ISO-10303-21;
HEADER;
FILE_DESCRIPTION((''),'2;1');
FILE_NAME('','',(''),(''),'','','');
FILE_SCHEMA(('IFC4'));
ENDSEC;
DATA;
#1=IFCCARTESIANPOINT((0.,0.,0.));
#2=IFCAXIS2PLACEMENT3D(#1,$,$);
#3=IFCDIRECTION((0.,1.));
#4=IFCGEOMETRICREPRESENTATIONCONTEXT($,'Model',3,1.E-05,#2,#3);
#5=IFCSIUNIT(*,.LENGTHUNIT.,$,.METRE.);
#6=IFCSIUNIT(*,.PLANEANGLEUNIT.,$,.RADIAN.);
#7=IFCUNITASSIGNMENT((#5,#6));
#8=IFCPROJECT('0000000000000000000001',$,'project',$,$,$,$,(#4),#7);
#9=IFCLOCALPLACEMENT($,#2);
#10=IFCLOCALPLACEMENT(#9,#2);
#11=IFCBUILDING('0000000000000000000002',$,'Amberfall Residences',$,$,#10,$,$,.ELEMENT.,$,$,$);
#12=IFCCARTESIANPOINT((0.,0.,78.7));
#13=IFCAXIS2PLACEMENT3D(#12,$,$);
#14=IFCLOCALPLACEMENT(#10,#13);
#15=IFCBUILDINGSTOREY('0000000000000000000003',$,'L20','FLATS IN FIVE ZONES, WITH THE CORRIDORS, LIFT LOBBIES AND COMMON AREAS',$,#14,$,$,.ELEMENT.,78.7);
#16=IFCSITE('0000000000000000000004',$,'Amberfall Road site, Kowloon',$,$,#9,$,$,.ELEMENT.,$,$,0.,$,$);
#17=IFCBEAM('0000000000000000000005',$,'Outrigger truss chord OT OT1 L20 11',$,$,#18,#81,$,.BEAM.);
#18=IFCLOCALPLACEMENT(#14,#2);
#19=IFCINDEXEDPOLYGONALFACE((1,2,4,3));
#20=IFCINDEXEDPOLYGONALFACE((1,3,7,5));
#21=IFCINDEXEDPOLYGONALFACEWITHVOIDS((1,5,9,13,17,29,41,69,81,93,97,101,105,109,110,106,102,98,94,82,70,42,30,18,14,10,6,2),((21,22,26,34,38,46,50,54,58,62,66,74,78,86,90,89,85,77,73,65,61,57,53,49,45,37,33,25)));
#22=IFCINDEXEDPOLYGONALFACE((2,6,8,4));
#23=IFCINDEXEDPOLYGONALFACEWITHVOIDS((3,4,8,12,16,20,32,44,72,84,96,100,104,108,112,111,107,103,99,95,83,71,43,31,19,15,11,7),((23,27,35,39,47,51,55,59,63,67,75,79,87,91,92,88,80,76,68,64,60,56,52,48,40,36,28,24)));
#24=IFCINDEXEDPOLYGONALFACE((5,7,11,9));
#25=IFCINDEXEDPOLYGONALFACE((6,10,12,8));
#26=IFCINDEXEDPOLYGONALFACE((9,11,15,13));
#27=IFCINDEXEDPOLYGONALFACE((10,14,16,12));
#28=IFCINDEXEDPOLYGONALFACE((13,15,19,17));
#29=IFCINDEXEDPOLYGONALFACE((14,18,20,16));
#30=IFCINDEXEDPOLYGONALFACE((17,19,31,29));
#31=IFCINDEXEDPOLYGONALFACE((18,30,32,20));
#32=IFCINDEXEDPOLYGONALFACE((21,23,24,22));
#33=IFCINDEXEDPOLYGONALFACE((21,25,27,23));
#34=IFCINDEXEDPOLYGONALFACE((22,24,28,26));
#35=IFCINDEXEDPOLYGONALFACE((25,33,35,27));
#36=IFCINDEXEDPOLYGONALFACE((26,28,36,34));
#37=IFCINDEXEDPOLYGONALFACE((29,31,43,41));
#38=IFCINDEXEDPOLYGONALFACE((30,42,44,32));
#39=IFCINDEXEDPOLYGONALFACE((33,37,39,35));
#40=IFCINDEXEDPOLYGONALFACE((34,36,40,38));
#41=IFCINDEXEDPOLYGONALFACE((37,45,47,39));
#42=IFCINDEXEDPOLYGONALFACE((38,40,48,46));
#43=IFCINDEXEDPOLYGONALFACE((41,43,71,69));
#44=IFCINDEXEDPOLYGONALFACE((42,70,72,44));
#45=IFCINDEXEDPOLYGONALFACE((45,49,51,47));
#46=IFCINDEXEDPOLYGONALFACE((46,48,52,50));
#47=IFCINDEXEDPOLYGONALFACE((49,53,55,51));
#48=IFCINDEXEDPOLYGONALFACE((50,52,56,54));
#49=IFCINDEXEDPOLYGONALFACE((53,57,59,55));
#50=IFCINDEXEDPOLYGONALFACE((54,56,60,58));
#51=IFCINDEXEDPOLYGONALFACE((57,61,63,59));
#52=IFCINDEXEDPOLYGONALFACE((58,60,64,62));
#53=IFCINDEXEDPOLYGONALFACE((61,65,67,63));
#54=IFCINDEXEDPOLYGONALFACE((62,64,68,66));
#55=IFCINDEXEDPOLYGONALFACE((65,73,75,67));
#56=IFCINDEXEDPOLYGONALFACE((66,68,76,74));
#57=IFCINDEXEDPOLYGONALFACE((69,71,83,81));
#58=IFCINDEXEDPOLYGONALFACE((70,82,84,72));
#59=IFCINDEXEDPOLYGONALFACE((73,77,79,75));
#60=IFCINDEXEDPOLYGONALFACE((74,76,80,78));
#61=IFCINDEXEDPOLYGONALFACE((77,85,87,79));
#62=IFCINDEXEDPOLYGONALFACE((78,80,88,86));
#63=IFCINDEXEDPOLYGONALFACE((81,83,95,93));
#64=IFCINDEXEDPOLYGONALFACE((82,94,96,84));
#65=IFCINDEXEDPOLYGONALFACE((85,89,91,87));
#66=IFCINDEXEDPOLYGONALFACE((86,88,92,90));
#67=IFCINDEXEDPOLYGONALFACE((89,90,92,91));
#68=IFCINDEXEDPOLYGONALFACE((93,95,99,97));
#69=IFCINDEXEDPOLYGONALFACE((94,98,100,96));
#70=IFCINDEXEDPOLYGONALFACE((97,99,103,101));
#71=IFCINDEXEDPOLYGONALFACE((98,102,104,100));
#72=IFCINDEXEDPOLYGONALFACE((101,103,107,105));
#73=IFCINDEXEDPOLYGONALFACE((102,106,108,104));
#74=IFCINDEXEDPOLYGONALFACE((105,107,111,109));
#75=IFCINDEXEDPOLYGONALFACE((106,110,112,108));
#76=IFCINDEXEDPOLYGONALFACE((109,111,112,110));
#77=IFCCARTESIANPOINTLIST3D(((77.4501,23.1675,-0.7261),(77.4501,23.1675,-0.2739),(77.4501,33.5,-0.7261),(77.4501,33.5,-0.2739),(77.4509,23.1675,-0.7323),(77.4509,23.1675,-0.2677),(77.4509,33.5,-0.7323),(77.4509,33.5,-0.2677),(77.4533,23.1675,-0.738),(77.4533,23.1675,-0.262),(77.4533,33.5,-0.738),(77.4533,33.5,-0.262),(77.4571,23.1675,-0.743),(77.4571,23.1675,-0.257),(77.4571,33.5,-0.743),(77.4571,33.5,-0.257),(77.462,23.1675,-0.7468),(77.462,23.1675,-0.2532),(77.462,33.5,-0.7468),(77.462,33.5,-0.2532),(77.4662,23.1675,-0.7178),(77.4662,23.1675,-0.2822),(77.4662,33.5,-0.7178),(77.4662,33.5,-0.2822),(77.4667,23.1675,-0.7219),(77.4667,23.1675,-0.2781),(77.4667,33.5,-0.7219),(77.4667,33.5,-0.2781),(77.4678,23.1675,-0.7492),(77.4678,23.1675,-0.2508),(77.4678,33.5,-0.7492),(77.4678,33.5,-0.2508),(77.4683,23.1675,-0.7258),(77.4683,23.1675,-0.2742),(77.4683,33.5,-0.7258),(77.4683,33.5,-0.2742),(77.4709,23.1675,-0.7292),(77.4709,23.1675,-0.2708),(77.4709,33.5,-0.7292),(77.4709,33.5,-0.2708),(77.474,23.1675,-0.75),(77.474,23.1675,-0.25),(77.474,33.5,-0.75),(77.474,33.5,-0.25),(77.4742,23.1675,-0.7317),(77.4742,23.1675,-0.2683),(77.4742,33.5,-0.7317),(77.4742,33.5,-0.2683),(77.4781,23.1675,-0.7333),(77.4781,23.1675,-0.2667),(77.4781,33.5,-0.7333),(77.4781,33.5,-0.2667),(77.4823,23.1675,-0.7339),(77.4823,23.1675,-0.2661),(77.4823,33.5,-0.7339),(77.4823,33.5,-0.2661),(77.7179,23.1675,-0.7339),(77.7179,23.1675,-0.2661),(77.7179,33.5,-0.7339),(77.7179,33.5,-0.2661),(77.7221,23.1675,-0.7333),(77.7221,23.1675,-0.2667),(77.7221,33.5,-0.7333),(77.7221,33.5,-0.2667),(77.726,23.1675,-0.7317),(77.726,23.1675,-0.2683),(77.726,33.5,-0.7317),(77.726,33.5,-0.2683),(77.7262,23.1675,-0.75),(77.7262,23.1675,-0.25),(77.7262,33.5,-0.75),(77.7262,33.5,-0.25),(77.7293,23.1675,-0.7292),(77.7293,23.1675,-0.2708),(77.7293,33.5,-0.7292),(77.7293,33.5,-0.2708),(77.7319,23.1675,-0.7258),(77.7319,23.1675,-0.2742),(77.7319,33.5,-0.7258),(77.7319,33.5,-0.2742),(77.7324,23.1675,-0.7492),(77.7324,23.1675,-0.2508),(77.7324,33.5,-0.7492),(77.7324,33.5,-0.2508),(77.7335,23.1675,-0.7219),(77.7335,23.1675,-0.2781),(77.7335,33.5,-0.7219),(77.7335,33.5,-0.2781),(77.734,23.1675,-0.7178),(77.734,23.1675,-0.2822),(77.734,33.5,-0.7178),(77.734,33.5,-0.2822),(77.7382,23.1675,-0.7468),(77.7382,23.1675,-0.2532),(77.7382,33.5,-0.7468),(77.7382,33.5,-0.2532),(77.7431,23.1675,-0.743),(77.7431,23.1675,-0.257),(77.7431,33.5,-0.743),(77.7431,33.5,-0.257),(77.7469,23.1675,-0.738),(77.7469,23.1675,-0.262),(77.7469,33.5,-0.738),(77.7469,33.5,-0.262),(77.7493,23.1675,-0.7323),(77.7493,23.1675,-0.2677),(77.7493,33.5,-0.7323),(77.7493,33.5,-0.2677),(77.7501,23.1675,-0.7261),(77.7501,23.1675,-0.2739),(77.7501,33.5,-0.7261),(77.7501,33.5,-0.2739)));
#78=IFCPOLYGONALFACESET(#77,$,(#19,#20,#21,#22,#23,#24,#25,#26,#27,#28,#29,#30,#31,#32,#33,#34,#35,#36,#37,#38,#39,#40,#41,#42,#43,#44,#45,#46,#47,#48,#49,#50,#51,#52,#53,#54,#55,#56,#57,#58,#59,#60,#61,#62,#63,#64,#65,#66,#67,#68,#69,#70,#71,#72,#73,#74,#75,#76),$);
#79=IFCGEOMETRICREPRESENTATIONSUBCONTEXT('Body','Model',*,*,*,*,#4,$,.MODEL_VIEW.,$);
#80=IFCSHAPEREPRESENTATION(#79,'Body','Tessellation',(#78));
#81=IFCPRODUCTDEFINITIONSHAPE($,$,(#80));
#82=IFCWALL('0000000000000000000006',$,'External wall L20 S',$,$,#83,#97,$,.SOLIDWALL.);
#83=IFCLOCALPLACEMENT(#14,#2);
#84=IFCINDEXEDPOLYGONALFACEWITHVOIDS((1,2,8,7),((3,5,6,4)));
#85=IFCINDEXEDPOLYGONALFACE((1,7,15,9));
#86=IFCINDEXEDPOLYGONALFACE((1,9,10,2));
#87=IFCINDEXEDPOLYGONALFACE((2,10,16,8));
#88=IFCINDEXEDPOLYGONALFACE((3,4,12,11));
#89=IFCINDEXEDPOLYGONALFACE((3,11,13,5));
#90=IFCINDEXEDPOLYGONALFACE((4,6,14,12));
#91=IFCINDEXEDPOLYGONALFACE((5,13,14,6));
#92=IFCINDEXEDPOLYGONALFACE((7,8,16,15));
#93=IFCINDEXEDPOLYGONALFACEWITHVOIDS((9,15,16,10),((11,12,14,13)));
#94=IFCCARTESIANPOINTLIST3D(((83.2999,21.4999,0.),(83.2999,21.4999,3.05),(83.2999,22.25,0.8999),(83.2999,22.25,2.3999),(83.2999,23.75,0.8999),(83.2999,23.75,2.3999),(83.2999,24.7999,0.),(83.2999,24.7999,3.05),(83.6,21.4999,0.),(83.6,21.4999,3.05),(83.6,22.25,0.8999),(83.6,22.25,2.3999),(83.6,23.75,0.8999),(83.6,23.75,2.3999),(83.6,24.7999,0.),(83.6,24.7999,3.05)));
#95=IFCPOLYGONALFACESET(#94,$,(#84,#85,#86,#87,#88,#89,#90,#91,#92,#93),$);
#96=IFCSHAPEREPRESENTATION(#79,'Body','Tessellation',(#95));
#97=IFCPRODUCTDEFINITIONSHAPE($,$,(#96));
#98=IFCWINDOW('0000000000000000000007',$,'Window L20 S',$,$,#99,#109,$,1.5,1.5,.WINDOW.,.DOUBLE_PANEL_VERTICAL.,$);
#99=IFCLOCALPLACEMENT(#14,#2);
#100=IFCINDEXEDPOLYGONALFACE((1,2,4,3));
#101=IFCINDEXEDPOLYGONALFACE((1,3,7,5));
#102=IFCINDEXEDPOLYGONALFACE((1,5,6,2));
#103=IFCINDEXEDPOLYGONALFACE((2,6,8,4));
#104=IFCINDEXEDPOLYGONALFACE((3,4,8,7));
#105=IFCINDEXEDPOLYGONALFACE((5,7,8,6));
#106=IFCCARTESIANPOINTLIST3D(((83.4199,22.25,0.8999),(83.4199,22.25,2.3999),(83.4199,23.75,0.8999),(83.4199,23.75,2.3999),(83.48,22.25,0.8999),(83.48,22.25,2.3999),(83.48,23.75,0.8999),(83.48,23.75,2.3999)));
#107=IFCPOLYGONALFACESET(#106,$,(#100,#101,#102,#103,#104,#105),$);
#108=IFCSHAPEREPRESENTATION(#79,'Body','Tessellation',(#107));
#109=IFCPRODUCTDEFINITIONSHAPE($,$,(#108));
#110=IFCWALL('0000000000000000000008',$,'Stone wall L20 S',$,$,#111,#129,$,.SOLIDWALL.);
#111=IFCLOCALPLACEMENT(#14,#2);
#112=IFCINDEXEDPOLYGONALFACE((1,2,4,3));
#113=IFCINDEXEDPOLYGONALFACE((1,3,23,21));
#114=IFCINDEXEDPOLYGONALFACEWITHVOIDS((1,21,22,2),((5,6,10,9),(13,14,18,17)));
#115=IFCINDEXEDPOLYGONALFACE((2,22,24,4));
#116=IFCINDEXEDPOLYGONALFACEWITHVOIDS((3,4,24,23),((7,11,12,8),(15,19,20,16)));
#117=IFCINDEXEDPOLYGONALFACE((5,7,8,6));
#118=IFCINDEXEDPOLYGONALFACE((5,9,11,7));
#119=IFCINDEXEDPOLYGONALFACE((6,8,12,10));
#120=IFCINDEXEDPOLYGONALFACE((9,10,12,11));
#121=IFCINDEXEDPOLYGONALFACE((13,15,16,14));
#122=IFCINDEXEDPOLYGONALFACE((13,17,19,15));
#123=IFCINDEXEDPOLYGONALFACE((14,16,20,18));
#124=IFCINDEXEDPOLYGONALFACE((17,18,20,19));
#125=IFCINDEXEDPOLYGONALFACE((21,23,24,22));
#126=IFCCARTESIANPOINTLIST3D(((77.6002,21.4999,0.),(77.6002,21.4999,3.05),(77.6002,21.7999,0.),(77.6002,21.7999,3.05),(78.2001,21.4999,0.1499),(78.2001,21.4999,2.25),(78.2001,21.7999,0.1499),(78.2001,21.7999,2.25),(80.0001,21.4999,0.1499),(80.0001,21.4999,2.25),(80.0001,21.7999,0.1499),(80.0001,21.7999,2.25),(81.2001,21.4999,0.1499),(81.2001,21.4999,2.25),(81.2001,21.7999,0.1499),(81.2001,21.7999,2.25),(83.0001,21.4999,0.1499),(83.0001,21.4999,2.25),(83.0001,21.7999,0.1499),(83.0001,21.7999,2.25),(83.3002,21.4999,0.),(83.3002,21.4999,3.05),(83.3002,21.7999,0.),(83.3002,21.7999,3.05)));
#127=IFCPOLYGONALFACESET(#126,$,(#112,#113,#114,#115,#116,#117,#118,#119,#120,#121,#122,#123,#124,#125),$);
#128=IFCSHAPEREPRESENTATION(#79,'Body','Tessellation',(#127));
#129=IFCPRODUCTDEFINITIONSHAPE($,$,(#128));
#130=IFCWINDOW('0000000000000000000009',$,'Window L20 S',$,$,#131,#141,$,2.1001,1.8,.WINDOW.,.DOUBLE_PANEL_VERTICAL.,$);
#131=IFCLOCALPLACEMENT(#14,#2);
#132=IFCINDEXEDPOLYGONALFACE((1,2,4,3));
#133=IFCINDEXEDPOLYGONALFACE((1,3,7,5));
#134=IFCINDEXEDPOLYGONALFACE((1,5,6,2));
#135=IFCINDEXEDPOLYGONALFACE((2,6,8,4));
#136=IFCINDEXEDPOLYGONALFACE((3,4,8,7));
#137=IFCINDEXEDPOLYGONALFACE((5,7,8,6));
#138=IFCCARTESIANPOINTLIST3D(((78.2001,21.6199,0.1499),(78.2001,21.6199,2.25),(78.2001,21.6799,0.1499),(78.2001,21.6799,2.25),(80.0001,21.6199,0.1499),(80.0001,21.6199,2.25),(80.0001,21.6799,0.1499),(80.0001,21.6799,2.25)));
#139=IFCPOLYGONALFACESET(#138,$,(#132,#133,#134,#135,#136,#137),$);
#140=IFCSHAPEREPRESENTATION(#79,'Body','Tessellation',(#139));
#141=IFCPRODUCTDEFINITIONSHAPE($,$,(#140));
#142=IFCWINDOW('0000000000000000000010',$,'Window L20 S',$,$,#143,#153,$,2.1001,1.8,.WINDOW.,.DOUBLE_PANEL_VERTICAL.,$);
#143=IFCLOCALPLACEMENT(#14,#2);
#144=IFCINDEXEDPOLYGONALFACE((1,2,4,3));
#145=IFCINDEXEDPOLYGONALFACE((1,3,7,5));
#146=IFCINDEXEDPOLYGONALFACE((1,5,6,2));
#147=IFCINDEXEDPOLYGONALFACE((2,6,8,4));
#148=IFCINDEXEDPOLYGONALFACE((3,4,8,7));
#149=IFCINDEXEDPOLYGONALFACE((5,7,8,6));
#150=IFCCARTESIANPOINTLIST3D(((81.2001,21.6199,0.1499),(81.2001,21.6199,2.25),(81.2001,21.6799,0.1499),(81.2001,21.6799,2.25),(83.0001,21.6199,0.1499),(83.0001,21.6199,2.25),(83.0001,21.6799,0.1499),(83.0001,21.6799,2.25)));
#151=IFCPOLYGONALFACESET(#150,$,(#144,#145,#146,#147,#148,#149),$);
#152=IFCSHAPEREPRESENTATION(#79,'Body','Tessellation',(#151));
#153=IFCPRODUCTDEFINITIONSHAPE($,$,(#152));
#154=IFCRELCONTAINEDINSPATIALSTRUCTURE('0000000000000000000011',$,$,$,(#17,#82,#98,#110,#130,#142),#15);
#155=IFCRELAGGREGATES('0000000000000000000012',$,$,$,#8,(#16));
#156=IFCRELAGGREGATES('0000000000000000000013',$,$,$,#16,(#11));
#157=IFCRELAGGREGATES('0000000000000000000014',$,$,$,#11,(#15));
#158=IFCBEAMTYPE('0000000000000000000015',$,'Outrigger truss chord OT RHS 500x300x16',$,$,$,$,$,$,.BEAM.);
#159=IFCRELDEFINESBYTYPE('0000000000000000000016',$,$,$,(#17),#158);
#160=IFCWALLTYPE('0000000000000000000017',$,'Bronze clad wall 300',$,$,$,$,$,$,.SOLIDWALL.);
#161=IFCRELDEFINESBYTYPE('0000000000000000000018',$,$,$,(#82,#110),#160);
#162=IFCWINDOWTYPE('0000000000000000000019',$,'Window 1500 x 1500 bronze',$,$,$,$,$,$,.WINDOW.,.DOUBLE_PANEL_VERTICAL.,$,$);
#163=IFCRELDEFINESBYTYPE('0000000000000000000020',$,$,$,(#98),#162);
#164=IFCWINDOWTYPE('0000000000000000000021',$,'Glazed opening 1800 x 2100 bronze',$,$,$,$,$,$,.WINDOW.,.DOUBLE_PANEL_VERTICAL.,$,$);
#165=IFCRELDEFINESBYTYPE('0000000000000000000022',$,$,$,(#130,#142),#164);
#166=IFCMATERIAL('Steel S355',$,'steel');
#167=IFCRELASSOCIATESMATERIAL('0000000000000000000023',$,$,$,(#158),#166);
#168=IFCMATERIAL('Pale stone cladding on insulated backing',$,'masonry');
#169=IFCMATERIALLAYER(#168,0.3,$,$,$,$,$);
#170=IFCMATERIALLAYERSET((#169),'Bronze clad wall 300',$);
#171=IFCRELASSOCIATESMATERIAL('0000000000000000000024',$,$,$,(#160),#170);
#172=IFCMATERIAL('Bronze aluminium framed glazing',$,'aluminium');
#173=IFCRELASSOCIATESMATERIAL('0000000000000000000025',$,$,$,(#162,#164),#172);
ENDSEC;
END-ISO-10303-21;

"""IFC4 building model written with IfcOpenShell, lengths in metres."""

from ifc_helpers import new_model, si_unit, direction, frame, frame_2d, origin, origin_2d, place, context, subcontext, project, spatial, rectangle, hollow_rectangle, extrude, material, layer, layer_set, material_profile, profile_set, type_object, element, fill, save


model = new_model("IFC4")

# Units and contexts
model_context = context("Model", 3, precision=1e-05, world=origin(), true_north=direction((0.0, 1.0)))
body_context = subcontext(model_context, "Body", "Model", "MODEL_VIEW")
ifc_project = project(units=[si_unit("LENGTHUNIT", "METRE"), si_unit("PLANEANGLEUNIT", "RADIAN")], contexts=[model_context])

# Site, building, storey
site_placement = place(None, origin())
site = spatial("IfcSite", under=ifc_project, at=site_placement, Name="Amberfall Road site, Kowloon", CompositionType="ELEMENT", RefElevation=0.0)
building_placement = place(site_placement, origin())
building = spatial("IfcBuilding", under=site, at=building_placement, Name="Amberfall Residences", CompositionType="ELEMENT")
storey_placement = place(building_placement, frame((0.0, 0.0, 78.7)))
storey = spatial("IfcBuildingStorey", under=building, at=storey_placement, Name="L20", Description="FLATS IN FIVE ZONES, WITH THE CORRIDORS, LIFT LOBBIES AND COMMON AREAS", CompositionType="ELEMENT", Elevation=78.7)

# Beam
ifc_material_1 = material(Name="Steel S355", Category="steel")
ifc_material_profile_1 = material_profile(ifc_material_1, hollow_rectangle(XDim=0.3, YDim=0.5, WallThickness=0.0161, InnerFilletRadius=0.0161, OuterFilletRadius=0.0239, at=origin_2d()), Name="RHS 500x300x16")
ifc_profile_set_1 = profile_set([ifc_material_profile_1], Name="Steel S355")
beam_type_1 = type_object("IfcBeamType", Name="Outrigger truss chord OT RHS 500x300x16", PredefinedType="BEAM", material=ifc_profile_set_1)
beam_1_placement = place(storey_placement, frame((77.6001, 23.1675, -0.5), z_axis=(0.0, 1.0, 0.0), x_axis=(-1.0, 0.0, 0.0)))
element("IfcBeam", 1, at=beam_1_placement, inside=storey, type_object=beam_type_1, Name="Outrigger truss chord OT OT1 L20 11", PredefinedType="BEAM", context=body_context, shape_type="SweptSolid", body=[
    extrude(hollow_rectangle(XDim=0.3, YDim=0.5, WallThickness=0.0161, InnerFilletRadius=0.0161, OuterFilletRadius=0.0239, at=origin_2d()), origin(), (0.0, 0.0, 1.0), 10.3325),
])

# Wall, opening, window
ifc_material_2 = material(Name="Pale stone cladding on insulated backing", Category="masonry")
ifc_layer_1 = layer(ifc_material_2, 0.3)
ifc_layer_set_1 = layer_set([ifc_layer_1], Name="Bronze clad wall 300")
wall_type_1 = type_object("IfcWallType", Name="Bronze clad wall 300", PredefinedType="SOLIDWALL", material=ifc_layer_set_1)
wall_1_placement = place(storey_placement, frame((83.45, 21.5, 0.0), z_axis=(0.0, 0.0, 1.0), x_axis=(0.0, 1.0, 0.0)))
wall_1 = element("IfcWall", 2, at=wall_1_placement, inside=storey, type_object=wall_type_1, Name="External wall L20 S", PredefinedType="SOLIDWALL", context=body_context, shape_type="SweptSolid", body=[
    extrude(rectangle(XDim=3.3, YDim=0.3, at=frame_2d((1.6499, 0.0))), origin(), (0.0, 0.0, 1.0), 3.05),
])
opening_1_placement = place(wall_1_placement, frame((0.75, 0.0, 0.8999)))
opening_1 = element("IfcOpeningElement", 3, at=opening_1_placement, cuts=wall_1, PredefinedType="OPENING", context=body_context, shape_type="SweptSolid", body=[
    extrude(rectangle(XDim=1.5, YDim=1.5, at=frame_2d((0.75, 0.75))), frame((0.0, 0.1599, 0.0), z_axis=(0.0, -1.0, 0.0), x_axis=(1.0, 0.0, 0.0)), (0.0, 0.0, 1.0), 0.3201),
])
ifc_material_3 = material(Name="Bronze aluminium framed glazing", Category="aluminium")
window_type_1 = type_object("IfcWindowType", Name="Window 1500 x 1500 bronze", PartitioningType="DOUBLE_PANEL_VERTICAL", PredefinedType="WINDOW", material=ifc_material_3)
window_1_placement = place(opening_1_placement, origin())
window_1 = element("IfcWindow", 4, at=window_1_placement, inside=storey, type_object=window_type_1, Name="Window L20 S", OverallHeight=1.5, OverallWidth=1.5, PartitioningType="DOUBLE_PANEL_VERTICAL", PredefinedType="WINDOW", context=body_context, shape_type="SweptSolid", body=[
    extrude(rectangle(XDim=1.5, YDim=1.5, at=frame_2d((0.75, 0.75))), frame((0.0, 0.03, 0.0), z_axis=(0.0, -1.0, 0.0), x_axis=(1.0, 0.0, 0.0)), (0.0, 0.0, 1.0), 0.0601),
])
fill(opening_1, window_1)

# Wall, openings, windows
wall_2_placement = place(storey_placement, frame((77.6001, 21.6499, 0.0), z_axis=(0.0, 0.0, 1.0), x_axis=(1.0, 0.0, 0.0)))
wall_2 = element("IfcWall", 5, at=wall_2_placement, inside=storey, type_object=wall_type_1, Name="Stone wall L20 S", PredefinedType="SOLIDWALL", context=body_context, shape_type="SweptSolid", body=[
    extrude(rectangle(XDim=5.7, YDim=0.3, at=frame_2d((2.8501, 0.0))), origin(), (0.0, 0.0, 1.0), 3.05),
])
opening_2_placement = place(wall_2_placement, frame((0.6001, 0.0, 0.1499)))
opening_2 = element("IfcOpeningElement", 6, at=opening_2_placement, cuts=wall_2, PredefinedType="OPENING", context=body_context, shape_type="SweptSolid", body=[
    extrude(rectangle(XDim=1.8, YDim=2.1001, at=frame_2d((0.8999, 1.05))), frame((0.0, 0.1599, 0.0), z_axis=(0.0, -1.0, 0.0), x_axis=(1.0, 0.0, 0.0)), (0.0, 0.0, 1.0), 0.3201),
])
opening_3_placement = place(wall_2_placement, frame((3.6001, 0.0, 0.1499)))
opening_3 = element("IfcOpeningElement", 7, at=opening_3_placement, cuts=wall_2, PredefinedType="OPENING", context=body_context, shape_type="SweptSolid", body=[
    extrude(rectangle(XDim=1.8, YDim=2.1001, at=frame_2d((0.8999, 1.05))), frame((0.0, 0.1599, 0.0), z_axis=(0.0, -1.0, 0.0), x_axis=(1.0, 0.0, 0.0)), (0.0, 0.0, 1.0), 0.3201),
])
window_type_2 = type_object("IfcWindowType", Name="Glazed opening 1800 x 2100 bronze", PartitioningType="DOUBLE_PANEL_VERTICAL", PredefinedType="WINDOW", material=ifc_material_3)
window_2_placement = place(opening_2_placement, origin())
window_2 = element("IfcWindow", 8, at=window_2_placement, inside=storey, type_object=window_type_2, Name="Window L20 S", OverallHeight=2.1001, OverallWidth=1.8, PartitioningType="DOUBLE_PANEL_VERTICAL", PredefinedType="WINDOW", context=body_context, shape_type="SweptSolid", body=[
    extrude(rectangle(XDim=1.8, YDim=2.1001, at=frame_2d((0.8999, 1.05))), frame((0.0, 0.03, 0.0), z_axis=(0.0, -1.0, 0.0), x_axis=(1.0, 0.0, 0.0)), (0.0, 0.0, 1.0), 0.0601),
])
fill(opening_2, window_2)
window_3_placement = place(opening_3_placement, origin())
window_3 = element("IfcWindow", 9, at=window_3_placement, inside=storey, type_object=window_type_2, Name="Window L20 S", OverallHeight=2.1001, OverallWidth=1.8, PartitioningType="DOUBLE_PANEL_VERTICAL", PredefinedType="WINDOW", context=body_context, shape_type="SweptSolid", body=[
    extrude(rectangle(XDim=1.8, YDim=2.1001, at=frame_2d((0.8999, 1.05))), frame((0.0, 0.03, 0.0), z_axis=(0.0, -1.0, 0.0), x_axis=(1.0, 0.0, 0.0)), (0.0, 0.0, 1.0), 0.0601),
])
fill(opening_3, window_3)

save(model, "model.ifc")
